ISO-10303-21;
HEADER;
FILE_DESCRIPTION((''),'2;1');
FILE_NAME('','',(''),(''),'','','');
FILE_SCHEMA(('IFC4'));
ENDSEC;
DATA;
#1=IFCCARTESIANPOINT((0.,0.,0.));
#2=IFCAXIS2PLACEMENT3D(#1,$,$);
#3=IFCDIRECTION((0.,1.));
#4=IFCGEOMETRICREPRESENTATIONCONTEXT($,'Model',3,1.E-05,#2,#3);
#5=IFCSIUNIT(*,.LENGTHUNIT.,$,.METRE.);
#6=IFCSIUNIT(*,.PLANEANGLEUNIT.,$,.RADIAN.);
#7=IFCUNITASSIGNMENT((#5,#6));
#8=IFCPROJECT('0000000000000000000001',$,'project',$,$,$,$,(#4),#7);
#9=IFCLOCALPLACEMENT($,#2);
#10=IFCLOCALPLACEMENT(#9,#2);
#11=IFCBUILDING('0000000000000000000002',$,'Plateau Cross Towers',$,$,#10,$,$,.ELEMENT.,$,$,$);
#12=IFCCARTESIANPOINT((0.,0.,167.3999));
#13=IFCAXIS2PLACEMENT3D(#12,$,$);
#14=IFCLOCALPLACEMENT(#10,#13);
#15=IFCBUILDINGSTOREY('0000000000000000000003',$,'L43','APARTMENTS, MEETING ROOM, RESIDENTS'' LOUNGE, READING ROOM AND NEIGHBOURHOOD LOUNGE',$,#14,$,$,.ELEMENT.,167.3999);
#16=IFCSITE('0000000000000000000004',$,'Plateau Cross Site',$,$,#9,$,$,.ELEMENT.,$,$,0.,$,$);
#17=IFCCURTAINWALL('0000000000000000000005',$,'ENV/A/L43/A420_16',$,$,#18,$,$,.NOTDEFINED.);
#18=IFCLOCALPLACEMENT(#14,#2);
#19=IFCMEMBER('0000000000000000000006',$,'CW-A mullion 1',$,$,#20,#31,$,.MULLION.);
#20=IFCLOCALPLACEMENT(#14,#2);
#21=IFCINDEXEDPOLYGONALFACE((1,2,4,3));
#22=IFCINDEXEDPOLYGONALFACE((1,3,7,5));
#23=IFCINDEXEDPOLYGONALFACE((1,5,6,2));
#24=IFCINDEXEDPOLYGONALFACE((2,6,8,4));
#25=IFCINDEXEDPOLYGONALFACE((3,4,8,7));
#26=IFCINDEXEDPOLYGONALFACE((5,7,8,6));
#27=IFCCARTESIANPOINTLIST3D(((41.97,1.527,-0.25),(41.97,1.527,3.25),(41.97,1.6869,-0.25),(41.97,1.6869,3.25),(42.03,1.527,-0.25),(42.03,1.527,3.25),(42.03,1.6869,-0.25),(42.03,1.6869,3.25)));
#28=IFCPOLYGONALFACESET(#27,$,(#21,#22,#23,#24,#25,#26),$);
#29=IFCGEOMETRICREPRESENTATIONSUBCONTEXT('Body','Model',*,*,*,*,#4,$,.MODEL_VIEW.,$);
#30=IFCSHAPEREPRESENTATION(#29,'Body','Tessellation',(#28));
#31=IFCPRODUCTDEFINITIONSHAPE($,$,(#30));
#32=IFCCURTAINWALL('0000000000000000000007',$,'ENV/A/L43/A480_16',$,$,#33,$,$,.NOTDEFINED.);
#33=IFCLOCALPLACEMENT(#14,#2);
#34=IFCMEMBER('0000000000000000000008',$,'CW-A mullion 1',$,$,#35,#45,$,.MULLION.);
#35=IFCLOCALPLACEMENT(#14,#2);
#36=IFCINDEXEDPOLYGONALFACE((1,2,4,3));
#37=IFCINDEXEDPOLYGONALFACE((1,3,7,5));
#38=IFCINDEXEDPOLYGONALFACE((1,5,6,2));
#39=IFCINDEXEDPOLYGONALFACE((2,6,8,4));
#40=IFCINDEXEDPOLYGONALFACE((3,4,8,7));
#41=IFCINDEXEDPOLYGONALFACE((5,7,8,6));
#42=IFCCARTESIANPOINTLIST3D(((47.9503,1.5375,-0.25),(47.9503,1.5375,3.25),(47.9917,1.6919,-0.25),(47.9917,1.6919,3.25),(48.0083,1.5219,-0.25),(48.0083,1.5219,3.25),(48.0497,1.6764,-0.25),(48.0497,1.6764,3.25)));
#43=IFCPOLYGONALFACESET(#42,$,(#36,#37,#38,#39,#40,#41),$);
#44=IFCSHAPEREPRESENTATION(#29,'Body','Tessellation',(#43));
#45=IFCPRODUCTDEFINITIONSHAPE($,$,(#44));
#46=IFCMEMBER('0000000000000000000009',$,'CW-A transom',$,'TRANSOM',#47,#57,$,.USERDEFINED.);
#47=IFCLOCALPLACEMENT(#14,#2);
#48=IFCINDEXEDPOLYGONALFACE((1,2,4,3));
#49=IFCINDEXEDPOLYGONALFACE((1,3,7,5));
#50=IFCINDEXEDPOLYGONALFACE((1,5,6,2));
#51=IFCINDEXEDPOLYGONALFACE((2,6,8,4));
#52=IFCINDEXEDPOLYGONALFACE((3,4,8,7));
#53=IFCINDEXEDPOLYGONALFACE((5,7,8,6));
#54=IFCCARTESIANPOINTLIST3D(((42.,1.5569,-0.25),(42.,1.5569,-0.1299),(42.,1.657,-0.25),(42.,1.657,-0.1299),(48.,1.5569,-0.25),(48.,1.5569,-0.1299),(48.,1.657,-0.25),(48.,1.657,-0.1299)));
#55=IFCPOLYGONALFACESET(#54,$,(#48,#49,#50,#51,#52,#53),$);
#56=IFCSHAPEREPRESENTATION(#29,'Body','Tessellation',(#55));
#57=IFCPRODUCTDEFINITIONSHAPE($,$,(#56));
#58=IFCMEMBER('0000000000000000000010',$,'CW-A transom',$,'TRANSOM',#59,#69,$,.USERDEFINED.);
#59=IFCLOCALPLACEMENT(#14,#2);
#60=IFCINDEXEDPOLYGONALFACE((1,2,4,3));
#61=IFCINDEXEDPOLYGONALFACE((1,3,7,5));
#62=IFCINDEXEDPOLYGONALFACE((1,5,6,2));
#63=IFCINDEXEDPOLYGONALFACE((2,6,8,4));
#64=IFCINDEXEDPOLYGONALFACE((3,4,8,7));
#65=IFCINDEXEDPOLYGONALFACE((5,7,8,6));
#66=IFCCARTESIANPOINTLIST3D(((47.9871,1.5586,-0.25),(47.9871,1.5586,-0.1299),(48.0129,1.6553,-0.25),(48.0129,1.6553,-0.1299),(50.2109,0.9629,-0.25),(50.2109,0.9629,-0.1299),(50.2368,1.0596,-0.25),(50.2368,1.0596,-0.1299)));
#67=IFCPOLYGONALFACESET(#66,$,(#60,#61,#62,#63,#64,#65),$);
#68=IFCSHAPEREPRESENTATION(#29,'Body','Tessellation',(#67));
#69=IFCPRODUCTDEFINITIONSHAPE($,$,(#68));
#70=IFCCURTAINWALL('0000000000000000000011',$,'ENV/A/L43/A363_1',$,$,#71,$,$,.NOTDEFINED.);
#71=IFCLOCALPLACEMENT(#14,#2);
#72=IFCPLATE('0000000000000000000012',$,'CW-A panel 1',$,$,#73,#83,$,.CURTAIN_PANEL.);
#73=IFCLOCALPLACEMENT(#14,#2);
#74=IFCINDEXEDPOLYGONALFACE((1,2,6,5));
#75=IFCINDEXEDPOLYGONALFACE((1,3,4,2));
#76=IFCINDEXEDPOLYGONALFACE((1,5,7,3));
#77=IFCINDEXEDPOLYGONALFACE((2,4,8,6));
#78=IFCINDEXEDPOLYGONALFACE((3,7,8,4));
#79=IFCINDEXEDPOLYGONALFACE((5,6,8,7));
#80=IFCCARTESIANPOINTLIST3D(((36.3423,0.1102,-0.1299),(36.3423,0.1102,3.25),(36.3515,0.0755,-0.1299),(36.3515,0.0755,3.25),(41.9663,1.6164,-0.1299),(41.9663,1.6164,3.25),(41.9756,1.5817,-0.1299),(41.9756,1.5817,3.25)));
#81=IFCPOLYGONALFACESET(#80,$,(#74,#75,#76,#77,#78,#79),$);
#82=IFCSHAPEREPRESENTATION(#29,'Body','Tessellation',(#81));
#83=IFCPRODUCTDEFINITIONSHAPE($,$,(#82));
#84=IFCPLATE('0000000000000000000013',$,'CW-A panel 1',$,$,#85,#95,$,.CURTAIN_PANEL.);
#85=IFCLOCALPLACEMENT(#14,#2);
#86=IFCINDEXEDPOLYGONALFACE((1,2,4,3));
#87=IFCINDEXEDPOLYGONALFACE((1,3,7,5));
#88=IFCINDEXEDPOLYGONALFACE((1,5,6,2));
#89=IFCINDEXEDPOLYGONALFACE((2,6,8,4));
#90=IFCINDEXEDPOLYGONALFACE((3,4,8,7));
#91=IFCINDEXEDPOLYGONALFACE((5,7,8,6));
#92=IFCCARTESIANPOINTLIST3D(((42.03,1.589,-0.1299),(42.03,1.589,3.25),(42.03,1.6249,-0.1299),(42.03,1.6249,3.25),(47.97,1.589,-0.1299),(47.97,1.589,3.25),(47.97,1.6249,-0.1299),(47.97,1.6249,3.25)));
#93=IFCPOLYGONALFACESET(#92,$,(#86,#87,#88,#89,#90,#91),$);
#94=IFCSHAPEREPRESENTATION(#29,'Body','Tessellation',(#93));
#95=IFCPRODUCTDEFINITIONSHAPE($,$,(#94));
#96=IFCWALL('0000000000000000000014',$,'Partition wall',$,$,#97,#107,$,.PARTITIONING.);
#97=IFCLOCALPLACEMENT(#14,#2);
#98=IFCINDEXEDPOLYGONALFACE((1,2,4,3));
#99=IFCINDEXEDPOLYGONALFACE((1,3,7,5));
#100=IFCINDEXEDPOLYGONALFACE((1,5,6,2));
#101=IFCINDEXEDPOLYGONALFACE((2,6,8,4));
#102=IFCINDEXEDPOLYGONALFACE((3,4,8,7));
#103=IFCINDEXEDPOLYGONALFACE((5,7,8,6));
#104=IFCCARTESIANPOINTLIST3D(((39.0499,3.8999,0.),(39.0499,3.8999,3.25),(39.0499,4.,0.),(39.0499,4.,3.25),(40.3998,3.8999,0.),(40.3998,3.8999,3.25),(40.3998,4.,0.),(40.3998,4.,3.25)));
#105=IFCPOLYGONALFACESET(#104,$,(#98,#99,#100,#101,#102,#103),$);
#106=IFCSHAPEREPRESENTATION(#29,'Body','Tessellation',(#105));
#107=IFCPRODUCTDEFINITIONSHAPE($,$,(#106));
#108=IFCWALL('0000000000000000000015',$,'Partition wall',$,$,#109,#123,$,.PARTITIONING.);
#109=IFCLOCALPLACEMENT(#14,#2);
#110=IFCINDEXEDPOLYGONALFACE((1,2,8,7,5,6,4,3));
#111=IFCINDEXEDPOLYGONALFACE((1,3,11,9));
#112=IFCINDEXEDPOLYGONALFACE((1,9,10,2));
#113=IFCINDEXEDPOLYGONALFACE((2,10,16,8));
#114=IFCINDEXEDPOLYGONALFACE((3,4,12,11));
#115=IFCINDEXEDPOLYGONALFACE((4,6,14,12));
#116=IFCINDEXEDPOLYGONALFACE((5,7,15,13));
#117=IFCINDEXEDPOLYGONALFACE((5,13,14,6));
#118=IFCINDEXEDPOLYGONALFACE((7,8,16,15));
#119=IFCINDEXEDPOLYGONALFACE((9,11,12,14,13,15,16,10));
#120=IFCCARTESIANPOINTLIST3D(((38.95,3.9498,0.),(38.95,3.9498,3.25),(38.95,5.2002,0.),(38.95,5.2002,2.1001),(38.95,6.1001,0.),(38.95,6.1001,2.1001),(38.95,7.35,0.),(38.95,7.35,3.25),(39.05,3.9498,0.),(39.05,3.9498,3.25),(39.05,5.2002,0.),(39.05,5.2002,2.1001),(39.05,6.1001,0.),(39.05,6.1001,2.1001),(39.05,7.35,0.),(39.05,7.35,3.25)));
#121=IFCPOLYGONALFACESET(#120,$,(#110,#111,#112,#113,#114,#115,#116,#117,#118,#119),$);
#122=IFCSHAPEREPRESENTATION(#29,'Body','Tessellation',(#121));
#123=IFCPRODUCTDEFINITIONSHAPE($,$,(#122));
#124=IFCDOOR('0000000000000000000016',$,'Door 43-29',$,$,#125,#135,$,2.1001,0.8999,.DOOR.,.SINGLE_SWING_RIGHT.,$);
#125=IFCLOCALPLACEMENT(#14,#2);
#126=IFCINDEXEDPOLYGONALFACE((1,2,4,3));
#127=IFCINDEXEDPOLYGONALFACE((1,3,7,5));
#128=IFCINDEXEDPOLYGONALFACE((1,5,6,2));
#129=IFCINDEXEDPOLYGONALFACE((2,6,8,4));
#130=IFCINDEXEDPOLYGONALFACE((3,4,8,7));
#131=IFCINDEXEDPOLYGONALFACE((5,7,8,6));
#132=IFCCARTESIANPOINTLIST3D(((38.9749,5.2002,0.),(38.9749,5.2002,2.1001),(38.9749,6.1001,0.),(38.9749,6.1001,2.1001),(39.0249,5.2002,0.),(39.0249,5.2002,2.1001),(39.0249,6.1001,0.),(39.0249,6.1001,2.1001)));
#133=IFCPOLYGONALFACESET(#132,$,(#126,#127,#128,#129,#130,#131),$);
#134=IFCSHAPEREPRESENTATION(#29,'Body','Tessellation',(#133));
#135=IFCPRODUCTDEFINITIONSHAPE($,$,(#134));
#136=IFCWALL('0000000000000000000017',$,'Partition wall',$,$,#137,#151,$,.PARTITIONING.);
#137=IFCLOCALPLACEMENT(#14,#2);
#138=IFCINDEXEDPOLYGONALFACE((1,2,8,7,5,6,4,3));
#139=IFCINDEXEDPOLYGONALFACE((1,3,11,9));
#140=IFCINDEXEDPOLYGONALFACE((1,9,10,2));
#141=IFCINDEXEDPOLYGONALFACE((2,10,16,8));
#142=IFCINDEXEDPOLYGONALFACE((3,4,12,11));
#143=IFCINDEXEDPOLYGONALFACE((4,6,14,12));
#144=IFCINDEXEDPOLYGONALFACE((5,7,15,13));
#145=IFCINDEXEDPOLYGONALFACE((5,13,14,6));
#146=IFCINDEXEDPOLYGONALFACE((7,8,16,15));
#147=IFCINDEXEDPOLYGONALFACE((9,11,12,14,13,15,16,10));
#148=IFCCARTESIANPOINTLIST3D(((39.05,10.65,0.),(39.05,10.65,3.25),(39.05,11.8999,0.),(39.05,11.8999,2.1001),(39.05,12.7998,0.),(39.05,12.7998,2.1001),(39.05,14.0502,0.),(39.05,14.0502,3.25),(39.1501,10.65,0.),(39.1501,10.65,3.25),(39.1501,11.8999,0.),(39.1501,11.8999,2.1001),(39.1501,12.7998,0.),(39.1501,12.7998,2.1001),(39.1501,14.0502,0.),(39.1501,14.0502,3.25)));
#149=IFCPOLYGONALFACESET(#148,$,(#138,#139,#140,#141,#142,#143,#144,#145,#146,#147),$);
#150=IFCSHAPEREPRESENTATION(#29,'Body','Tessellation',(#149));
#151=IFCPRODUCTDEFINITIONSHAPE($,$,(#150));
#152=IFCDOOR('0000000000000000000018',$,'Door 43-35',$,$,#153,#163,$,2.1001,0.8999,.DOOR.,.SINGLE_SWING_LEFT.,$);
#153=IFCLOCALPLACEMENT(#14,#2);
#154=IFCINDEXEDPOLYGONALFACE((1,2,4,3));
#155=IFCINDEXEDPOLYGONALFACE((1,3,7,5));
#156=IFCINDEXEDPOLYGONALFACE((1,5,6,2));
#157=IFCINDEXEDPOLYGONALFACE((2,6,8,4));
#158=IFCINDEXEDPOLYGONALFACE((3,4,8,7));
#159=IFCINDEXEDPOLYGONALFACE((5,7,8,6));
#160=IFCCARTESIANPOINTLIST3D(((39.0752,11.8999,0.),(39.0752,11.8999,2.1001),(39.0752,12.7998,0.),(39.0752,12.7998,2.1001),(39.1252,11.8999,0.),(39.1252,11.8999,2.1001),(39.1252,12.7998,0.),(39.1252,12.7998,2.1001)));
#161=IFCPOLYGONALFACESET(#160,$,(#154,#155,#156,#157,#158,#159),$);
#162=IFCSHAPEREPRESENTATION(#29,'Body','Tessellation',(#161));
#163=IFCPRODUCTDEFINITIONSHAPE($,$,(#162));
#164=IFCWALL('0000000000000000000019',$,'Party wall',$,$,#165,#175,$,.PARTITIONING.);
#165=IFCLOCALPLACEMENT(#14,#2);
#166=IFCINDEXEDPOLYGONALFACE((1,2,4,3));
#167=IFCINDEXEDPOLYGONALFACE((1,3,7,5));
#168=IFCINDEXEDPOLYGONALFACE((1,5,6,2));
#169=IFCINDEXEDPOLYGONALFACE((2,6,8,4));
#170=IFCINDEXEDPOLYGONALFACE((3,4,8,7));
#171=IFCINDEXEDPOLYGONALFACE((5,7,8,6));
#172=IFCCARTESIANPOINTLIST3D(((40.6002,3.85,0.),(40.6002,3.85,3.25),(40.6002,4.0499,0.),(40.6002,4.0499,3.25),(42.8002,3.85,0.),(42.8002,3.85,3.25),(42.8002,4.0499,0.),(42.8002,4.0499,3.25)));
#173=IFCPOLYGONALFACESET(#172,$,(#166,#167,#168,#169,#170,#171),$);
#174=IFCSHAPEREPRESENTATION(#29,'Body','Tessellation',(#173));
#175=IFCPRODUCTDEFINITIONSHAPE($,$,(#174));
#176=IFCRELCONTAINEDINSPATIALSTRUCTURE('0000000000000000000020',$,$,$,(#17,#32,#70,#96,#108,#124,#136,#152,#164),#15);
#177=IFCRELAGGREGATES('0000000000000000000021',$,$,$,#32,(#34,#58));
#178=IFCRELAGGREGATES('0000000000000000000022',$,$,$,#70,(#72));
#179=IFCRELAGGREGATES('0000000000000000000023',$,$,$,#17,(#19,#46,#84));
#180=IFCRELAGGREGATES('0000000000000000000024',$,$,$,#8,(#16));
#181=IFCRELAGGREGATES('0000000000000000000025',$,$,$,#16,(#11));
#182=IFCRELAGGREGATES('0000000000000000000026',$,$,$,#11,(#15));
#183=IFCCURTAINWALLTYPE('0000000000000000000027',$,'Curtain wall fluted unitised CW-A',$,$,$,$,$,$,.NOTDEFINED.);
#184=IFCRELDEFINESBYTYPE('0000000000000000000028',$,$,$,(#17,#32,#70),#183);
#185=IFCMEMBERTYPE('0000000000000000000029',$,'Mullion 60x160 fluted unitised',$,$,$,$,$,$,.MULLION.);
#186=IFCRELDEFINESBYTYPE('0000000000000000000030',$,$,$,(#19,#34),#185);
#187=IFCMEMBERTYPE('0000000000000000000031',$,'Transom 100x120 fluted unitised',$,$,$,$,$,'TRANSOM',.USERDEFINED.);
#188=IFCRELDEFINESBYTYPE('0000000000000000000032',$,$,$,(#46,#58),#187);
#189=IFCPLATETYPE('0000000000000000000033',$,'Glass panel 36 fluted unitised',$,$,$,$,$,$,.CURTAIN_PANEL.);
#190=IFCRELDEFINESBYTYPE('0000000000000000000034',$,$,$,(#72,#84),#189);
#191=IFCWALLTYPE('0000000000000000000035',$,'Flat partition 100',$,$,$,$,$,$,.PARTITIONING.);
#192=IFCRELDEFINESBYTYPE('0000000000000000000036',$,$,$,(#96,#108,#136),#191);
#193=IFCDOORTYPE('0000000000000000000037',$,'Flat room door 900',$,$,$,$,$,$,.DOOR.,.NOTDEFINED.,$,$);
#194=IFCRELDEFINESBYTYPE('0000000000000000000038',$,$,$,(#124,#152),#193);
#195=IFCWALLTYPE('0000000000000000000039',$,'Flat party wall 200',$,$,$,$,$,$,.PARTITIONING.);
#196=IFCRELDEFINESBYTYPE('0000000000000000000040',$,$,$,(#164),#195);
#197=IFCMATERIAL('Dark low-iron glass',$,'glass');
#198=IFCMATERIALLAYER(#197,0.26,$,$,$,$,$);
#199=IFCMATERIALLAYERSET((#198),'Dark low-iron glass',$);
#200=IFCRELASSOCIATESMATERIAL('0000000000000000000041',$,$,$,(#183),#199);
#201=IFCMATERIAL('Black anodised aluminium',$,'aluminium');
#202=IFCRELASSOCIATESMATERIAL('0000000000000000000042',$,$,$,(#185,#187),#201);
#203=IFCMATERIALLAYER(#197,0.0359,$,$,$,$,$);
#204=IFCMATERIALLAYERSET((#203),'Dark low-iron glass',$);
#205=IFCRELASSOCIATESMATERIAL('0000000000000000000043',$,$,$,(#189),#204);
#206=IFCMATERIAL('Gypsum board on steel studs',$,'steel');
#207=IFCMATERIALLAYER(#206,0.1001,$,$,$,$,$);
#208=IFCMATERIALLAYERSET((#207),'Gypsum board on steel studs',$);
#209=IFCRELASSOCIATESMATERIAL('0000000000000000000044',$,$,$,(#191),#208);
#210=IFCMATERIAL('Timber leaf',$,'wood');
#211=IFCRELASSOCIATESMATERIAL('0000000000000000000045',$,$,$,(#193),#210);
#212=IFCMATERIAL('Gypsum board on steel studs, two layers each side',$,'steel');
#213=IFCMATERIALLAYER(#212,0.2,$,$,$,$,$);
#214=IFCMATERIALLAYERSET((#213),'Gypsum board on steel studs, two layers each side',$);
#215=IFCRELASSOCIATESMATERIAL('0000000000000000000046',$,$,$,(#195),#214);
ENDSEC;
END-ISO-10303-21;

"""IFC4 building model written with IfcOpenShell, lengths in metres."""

from ifc_helpers import new_model, si_unit, direction, frame, frame_2d, origin, origin_2d, place, context, subcontext, project, spatial, rectangle, extrude, material, layer, layer_set, material_profile, profile_set, type_object, element, fill, aggregate, save


model = new_model("IFC4")

# Units and contexts
model_context = context("Model", 3, precision=1e-05, world=origin(), true_north=direction((0.0, 1.0)))
body_context = subcontext(model_context, "Body", "Model", "MODEL_VIEW")
ifc_project = project(units=[si_unit("LENGTHUNIT", "METRE"), si_unit("PLANEANGLEUNIT", "RADIAN")], contexts=[model_context])

# Site, building, storey
site_placement = place(None, origin())
site = spatial("IfcSite", under=ifc_project, at=site_placement, Name="Plateau Cross Site", CompositionType="ELEMENT", RefElevation=0.0)
building_placement = place(site_placement, origin())
building = spatial("IfcBuilding", under=site, at=building_placement, Name="Plateau Cross Towers", CompositionType="ELEMENT")
storey_placement = place(building_placement, frame((0.0, 0.0, 167.3999)))
storey = spatial("IfcBuildingStorey", under=building, at=storey_placement, Name="L43", Description="APARTMENTS, MEETING ROOM, RESIDENTS' LOUNGE, READING ROOM AND NEIGHBOURHOOD LOUNGE", CompositionType="ELEMENT", Elevation=167.3999)

# Curtain walls, members
ifc_material_1 = material(Name="Dark low-iron glass", Category="glass")
ifc_layer_1 = layer(ifc_material_1, 0.26)
ifc_layer_set_1 = layer_set([ifc_layer_1], Name="Dark low-iron glass")
curtain_wall_type = type_object("IfcCurtainWallType", Name="Curtain wall fluted unitised CW-A", PredefinedType="NOTDEFINED", material=ifc_layer_set_1)
curtain_wall_1_placement = place(storey_placement, origin())
curtain_wall_1 = element("IfcCurtainWall", 1, at=curtain_wall_1_placement, inside=storey, type_object=curtain_wall_type, Name="ENV/A/L43/A420_16", PredefinedType="NOTDEFINED")
ifc_material_2 = material(Name="Black anodised aluminium", Category="aluminium")
ifc_material_profile_1 = material_profile(ifc_material_2, rectangle(XDim=0.0601, YDim=0.1599, at=origin_2d()), Name="MULLION 60x160")
ifc_profile_set_1 = profile_set([ifc_material_profile_1], Name="Black anodised aluminium")
member_type_1 = type_object("IfcMemberType", Name="Mullion 60x160 fluted unitised", PredefinedType="MULLION", material=ifc_profile_set_1)
member_1_placement = place(storey_placement, frame((42.0, 1.6069, -0.25), z_axis=(0.0, 0.0, 1.0), x_axis=(1.0, 0.0, 0.0)))
member_1 = element("IfcMember", 2, at=member_1_placement, type_object=member_type_1, Name="CW-A mullion 1", PredefinedType="MULLION", context=body_context, shape_type="SweptSolid", body=[
    extrude(rectangle(XDim=0.0601, YDim=0.1599, at=origin_2d()), origin(), (0.0, 0.0, 1.0), 3.5),
])
curtain_wall_2_placement = place(storey_placement, origin())
curtain_wall_2 = element("IfcCurtainWall", 3, at=curtain_wall_2_placement, inside=storey, type_object=curtain_wall_type, Name="ENV/A/L43/A480_16", PredefinedType="NOTDEFINED")
member_2_placement = place(storey_placement, frame((48.0, 1.6069, -0.25), z_axis=(0.0, 0.0, 1.0), x_axis=(0.965958, -0.258699, 0.0)))
member_2 = element("IfcMember", 4, at=member_2_placement, type_object=member_type_1, Name="CW-A mullion 1", PredefinedType="MULLION", context=body_context, shape_type="SweptSolid", body=[
    extrude(rectangle(XDim=0.0601, YDim=0.1599, at=origin_2d()), origin(), (0.0, 0.0, 1.0), 3.5),
])

# Members
ifc_material_profile_2 = material_profile(ifc_material_2, rectangle(XDim=0.1001, YDim=0.1201, at=origin_2d()), Name="TRANSOM 100x120")
ifc_profile_set_2 = profile_set([ifc_material_profile_2], Name="Black anodised aluminium")
member_type_2 = type_object("IfcMemberType", Name="Transom 100x120 fluted unitised", ElementType="TRANSOM", PredefinedType="USERDEFINED", material=ifc_profile_set_2)
member_3_placement = place(storey_placement, frame((42.0, 1.6069, -0.1899), z_axis=(1.0, 0.0, 0.0), x_axis=(0.0, 1.0, 0.0)))
member_3 = element("IfcMember", 5, at=member_3_placement, type_object=member_type_2, Name="CW-A transom", ObjectType="TRANSOM", PredefinedType="USERDEFINED", context=body_context, shape_type="SweptSolid", body=[
    extrude(rectangle(XDim=0.1001, YDim=0.1201, at=origin_2d()), origin(), (0.0, 0.0, 1.0), 6.0),
])
member_4_placement = place(storey_placement, frame((48.0, 1.6069, -0.1899), z_axis=(0.965946, -0.258745, 0.0), x_axis=(0.258745, 0.965946, 0.0)))
member_4 = element("IfcMember", 6, at=member_4_placement, type_object=member_type_2, Name="CW-A transom", ObjectType="TRANSOM", PredefinedType="USERDEFINED", context=body_context, shape_type="SweptSolid", body=[
    extrude(rectangle(XDim=0.1001, YDim=0.1201, at=origin_2d()), origin(), (0.0, 0.0, 1.0), 2.3022),
])
aggregate(curtain_wall_2, [member_2, member_4])

# Curtain wall, plate
curtain_wall_3_placement = place(storey_placement, origin())
curtain_wall_3 = element("IfcCurtainWall", 7, at=curtain_wall_3_placement, inside=storey, type_object=curtain_wall_type, Name="ENV/A/L43/A363_1", PredefinedType="NOTDEFINED")
ifc_layer_2 = layer(ifc_material_1, 0.0359)
ifc_layer_set_2 = layer_set([ifc_layer_2], Name="Dark low-iron glass")
plate_type = type_object("IfcPlateType", Name="Glass panel 36 fluted unitised", PredefinedType="CURTAIN_PANEL", material=ifc_layer_set_2)
plate_1_placement = place(storey_placement, frame((39.1589, 0.8459, -0.1299), z_axis=(0.0, 0.0, 1.0), x_axis=(0.965958, 0.258699, 0.0)))
plate_1 = element("IfcPlate", 8, at=plate_1_placement, type_object=plate_type, Name="CW-A panel 1", PredefinedType="CURTAIN_PANEL", context=body_context, shape_type="SweptSolid", body=[
    extrude(rectangle(XDim=5.8223, YDim=0.0359, at=origin_2d()), origin(), (0.0, 0.0, 1.0), 3.3799),
])
aggregate(curtain_wall_3, [plate_1])

# Plate
plate_2_placement = place(storey_placement, frame((45.0, 1.6069, -0.1299), z_axis=(0.0, 0.0, 1.0), x_axis=(1.0, 0.0, 0.0)))
plate_2 = element("IfcPlate", 9, at=plate_2_placement, type_object=plate_type, Name="CW-A panel 1", PredefinedType="CURTAIN_PANEL", context=body_context, shape_type="SweptSolid", body=[
    extrude(rectangle(XDim=5.9399, YDim=0.0359, at=origin_2d()), origin(), (0.0, 0.0, 1.0), 3.3799),
])
aggregate(curtain_wall_1, [member_1, member_3, plate_2])

# Wall
ifc_material_3 = material(Name="Gypsum board on steel studs", Category="steel")
ifc_layer_3 = layer(ifc_material_3, 0.1001)
ifc_layer_set_3 = layer_set([ifc_layer_3], Name="Gypsum board on steel studs")
wall_type_1 = type_object("IfcWallType", Name="Flat partition 100", PredefinedType="PARTITIONING", material=ifc_layer_set_3)
wall_1_placement = place(storey_placement, frame((39.05, 3.95, 0.0), z_axis=(0.0, 0.0, 1.0), x_axis=(1.0, 0.0, 0.0)))
element("IfcWall", 10, at=wall_1_placement, inside=storey, type_object=wall_type_1, Name="Partition wall", PredefinedType="PARTITIONING", context=body_context, shape_type="SweptSolid", body=[
    extrude(rectangle(XDim=1.3499, YDim=0.1001, at=frame_2d((0.6748, 0.0))), origin(), (0.0, 0.0, 1.0), 3.25),
])

# Walls, openings, doors
wall_2_placement = place(storey_placement, frame((39.0, 7.3501, 0.0), z_axis=(0.0, 0.0, 1.0), x_axis=(0.0, -1.0, 0.0)))
wall_2 = element("IfcWall", 11, at=wall_2_placement, inside=storey, type_object=wall_type_1, Name="Partition wall", PredefinedType="PARTITIONING", context=body_context, shape_type="SweptSolid", body=[
    extrude(rectangle(XDim=3.4001, YDim=0.1001, at=frame_2d((1.7002, 0.0))), origin(), (0.0, 0.0, 1.0), 3.25),
])
opening_1_placement = place(wall_2_placement, frame((1.25, 0.0, 0.0)))
opening_1 = element("IfcOpeningElement", 12, at=opening_1_placement, cuts=wall_2, PredefinedType="OPENING", context=body_context, shape_type="SweptSolid", body=[
    extrude(rectangle(XDim=0.8999, YDim=2.1001, at=frame_2d((0.45, 1.05))), frame((0.0, 0.0601, 0.0), z_axis=(0.0, -1.0, 0.0), x_axis=(1.0, 0.0, 0.0)), (0.0, 0.0, 1.0), 0.1201),
])
ifc_material_4 = material(Name="Timber leaf", Category="wood")
door_type_1 = type_object("IfcDoorType", Name="Flat room door 900", OperationType="NOTDEFINED", PredefinedType="DOOR", material=ifc_material_4)
door_1_placement = place(opening_1_placement, origin())
door_1 = element("IfcDoor", 13, at=door_1_placement, inside=storey, type_object=door_type_1, Name="Door 43-29", OperationType="SINGLE_SWING_RIGHT", OverallHeight=2.1001, OverallWidth=0.8999, PredefinedType="DOOR", context=body_context, shape_type="SweptSolid", body=[
    extrude(rectangle(XDim=0.8999, YDim=2.1001, at=frame_2d((0.45, 1.05))), frame((0.0, 0.0249, 0.0), z_axis=(0.0, -1.0, 0.0), x_axis=(1.0, 0.0, 0.0)), (0.0, 0.0, 1.0), 0.05),
])
fill(opening_1, door_1)
wall_3_placement = place(storey_placement, frame((39.1001, 10.6499, 0.0), z_axis=(0.0, 0.0, 1.0), x_axis=(0.0, 1.0, 0.0)))
wall_3 = element("IfcWall", 14, at=wall_3_placement, inside=storey, type_object=wall_type_1, Name="Partition wall", PredefinedType="PARTITIONING", context=body_context, shape_type="SweptSolid", body=[
    extrude(rectangle(XDim=3.4001, YDim=0.1001, at=frame_2d((1.7002, 0.0))), origin(), (0.0, 0.0, 1.0), 3.25),
])
opening_2_placement = place(wall_3_placement, frame((1.25, 0.0, 0.0)))
opening_2 = element("IfcOpeningElement", 15, at=opening_2_placement, cuts=wall_3, PredefinedType="OPENING", context=body_context, shape_type="SweptSolid", body=[
    extrude(rectangle(XDim=0.8999, YDim=2.1001, at=frame_2d((0.45, 1.05))), frame((0.0, 0.0601, 0.0), z_axis=(0.0, -1.0, 0.0), x_axis=(1.0, 0.0, 0.0)), (0.0, 0.0, 1.0), 0.1201),
])
door_2_placement = place(opening_2_placement, origin())
door_2 = element("IfcDoor", 16, at=door_2_placement, inside=storey, type_object=door_type_1, Name="Door 43-35", OperationType="SINGLE_SWING_LEFT", OverallHeight=2.1001, OverallWidth=0.8999, PredefinedType="DOOR", context=body_context, shape_type="SweptSolid", body=[
    extrude(rectangle(XDim=0.8999, YDim=2.1001, at=frame_2d((0.45, 1.05))), frame((0.0, 0.0249, 0.0), z_axis=(0.0, -1.0, 0.0), x_axis=(1.0, 0.0, 0.0)), (0.0, 0.0, 1.0), 0.05),
])
fill(opening_2, door_2)

# Wall
ifc_material_5 = material(Name="Gypsum board on steel studs, two layers each side", Category="steel")
ifc_layer_4 = layer(ifc_material_5, 0.2)
ifc_layer_set_4 = layer_set([ifc_layer_4], Name="Gypsum board on steel studs, two layers each side")
wall_type_2 = type_object("IfcWallType", Name="Flat party wall 200", PredefinedType="PARTITIONING", material=ifc_layer_set_4)
wall_4_placement = place(storey_placement, frame((40.6001, 3.95, 0.0), z_axis=(0.0, 0.0, 1.0), x_axis=(1.0, 0.0, 0.0)))
element("IfcWall", 17, at=wall_4_placement, inside=storey, type_object=wall_type_2, Name="Party wall", PredefinedType="PARTITIONING", context=body_context, shape_type="SweptSolid", body=[
    extrude(rectangle(XDim=2.2, YDim=0.2, at=frame_2d((1.1001, 0.0))), origin(), (0.0, 0.0, 1.0), 3.25),
])

save(model, "model.ifc")
